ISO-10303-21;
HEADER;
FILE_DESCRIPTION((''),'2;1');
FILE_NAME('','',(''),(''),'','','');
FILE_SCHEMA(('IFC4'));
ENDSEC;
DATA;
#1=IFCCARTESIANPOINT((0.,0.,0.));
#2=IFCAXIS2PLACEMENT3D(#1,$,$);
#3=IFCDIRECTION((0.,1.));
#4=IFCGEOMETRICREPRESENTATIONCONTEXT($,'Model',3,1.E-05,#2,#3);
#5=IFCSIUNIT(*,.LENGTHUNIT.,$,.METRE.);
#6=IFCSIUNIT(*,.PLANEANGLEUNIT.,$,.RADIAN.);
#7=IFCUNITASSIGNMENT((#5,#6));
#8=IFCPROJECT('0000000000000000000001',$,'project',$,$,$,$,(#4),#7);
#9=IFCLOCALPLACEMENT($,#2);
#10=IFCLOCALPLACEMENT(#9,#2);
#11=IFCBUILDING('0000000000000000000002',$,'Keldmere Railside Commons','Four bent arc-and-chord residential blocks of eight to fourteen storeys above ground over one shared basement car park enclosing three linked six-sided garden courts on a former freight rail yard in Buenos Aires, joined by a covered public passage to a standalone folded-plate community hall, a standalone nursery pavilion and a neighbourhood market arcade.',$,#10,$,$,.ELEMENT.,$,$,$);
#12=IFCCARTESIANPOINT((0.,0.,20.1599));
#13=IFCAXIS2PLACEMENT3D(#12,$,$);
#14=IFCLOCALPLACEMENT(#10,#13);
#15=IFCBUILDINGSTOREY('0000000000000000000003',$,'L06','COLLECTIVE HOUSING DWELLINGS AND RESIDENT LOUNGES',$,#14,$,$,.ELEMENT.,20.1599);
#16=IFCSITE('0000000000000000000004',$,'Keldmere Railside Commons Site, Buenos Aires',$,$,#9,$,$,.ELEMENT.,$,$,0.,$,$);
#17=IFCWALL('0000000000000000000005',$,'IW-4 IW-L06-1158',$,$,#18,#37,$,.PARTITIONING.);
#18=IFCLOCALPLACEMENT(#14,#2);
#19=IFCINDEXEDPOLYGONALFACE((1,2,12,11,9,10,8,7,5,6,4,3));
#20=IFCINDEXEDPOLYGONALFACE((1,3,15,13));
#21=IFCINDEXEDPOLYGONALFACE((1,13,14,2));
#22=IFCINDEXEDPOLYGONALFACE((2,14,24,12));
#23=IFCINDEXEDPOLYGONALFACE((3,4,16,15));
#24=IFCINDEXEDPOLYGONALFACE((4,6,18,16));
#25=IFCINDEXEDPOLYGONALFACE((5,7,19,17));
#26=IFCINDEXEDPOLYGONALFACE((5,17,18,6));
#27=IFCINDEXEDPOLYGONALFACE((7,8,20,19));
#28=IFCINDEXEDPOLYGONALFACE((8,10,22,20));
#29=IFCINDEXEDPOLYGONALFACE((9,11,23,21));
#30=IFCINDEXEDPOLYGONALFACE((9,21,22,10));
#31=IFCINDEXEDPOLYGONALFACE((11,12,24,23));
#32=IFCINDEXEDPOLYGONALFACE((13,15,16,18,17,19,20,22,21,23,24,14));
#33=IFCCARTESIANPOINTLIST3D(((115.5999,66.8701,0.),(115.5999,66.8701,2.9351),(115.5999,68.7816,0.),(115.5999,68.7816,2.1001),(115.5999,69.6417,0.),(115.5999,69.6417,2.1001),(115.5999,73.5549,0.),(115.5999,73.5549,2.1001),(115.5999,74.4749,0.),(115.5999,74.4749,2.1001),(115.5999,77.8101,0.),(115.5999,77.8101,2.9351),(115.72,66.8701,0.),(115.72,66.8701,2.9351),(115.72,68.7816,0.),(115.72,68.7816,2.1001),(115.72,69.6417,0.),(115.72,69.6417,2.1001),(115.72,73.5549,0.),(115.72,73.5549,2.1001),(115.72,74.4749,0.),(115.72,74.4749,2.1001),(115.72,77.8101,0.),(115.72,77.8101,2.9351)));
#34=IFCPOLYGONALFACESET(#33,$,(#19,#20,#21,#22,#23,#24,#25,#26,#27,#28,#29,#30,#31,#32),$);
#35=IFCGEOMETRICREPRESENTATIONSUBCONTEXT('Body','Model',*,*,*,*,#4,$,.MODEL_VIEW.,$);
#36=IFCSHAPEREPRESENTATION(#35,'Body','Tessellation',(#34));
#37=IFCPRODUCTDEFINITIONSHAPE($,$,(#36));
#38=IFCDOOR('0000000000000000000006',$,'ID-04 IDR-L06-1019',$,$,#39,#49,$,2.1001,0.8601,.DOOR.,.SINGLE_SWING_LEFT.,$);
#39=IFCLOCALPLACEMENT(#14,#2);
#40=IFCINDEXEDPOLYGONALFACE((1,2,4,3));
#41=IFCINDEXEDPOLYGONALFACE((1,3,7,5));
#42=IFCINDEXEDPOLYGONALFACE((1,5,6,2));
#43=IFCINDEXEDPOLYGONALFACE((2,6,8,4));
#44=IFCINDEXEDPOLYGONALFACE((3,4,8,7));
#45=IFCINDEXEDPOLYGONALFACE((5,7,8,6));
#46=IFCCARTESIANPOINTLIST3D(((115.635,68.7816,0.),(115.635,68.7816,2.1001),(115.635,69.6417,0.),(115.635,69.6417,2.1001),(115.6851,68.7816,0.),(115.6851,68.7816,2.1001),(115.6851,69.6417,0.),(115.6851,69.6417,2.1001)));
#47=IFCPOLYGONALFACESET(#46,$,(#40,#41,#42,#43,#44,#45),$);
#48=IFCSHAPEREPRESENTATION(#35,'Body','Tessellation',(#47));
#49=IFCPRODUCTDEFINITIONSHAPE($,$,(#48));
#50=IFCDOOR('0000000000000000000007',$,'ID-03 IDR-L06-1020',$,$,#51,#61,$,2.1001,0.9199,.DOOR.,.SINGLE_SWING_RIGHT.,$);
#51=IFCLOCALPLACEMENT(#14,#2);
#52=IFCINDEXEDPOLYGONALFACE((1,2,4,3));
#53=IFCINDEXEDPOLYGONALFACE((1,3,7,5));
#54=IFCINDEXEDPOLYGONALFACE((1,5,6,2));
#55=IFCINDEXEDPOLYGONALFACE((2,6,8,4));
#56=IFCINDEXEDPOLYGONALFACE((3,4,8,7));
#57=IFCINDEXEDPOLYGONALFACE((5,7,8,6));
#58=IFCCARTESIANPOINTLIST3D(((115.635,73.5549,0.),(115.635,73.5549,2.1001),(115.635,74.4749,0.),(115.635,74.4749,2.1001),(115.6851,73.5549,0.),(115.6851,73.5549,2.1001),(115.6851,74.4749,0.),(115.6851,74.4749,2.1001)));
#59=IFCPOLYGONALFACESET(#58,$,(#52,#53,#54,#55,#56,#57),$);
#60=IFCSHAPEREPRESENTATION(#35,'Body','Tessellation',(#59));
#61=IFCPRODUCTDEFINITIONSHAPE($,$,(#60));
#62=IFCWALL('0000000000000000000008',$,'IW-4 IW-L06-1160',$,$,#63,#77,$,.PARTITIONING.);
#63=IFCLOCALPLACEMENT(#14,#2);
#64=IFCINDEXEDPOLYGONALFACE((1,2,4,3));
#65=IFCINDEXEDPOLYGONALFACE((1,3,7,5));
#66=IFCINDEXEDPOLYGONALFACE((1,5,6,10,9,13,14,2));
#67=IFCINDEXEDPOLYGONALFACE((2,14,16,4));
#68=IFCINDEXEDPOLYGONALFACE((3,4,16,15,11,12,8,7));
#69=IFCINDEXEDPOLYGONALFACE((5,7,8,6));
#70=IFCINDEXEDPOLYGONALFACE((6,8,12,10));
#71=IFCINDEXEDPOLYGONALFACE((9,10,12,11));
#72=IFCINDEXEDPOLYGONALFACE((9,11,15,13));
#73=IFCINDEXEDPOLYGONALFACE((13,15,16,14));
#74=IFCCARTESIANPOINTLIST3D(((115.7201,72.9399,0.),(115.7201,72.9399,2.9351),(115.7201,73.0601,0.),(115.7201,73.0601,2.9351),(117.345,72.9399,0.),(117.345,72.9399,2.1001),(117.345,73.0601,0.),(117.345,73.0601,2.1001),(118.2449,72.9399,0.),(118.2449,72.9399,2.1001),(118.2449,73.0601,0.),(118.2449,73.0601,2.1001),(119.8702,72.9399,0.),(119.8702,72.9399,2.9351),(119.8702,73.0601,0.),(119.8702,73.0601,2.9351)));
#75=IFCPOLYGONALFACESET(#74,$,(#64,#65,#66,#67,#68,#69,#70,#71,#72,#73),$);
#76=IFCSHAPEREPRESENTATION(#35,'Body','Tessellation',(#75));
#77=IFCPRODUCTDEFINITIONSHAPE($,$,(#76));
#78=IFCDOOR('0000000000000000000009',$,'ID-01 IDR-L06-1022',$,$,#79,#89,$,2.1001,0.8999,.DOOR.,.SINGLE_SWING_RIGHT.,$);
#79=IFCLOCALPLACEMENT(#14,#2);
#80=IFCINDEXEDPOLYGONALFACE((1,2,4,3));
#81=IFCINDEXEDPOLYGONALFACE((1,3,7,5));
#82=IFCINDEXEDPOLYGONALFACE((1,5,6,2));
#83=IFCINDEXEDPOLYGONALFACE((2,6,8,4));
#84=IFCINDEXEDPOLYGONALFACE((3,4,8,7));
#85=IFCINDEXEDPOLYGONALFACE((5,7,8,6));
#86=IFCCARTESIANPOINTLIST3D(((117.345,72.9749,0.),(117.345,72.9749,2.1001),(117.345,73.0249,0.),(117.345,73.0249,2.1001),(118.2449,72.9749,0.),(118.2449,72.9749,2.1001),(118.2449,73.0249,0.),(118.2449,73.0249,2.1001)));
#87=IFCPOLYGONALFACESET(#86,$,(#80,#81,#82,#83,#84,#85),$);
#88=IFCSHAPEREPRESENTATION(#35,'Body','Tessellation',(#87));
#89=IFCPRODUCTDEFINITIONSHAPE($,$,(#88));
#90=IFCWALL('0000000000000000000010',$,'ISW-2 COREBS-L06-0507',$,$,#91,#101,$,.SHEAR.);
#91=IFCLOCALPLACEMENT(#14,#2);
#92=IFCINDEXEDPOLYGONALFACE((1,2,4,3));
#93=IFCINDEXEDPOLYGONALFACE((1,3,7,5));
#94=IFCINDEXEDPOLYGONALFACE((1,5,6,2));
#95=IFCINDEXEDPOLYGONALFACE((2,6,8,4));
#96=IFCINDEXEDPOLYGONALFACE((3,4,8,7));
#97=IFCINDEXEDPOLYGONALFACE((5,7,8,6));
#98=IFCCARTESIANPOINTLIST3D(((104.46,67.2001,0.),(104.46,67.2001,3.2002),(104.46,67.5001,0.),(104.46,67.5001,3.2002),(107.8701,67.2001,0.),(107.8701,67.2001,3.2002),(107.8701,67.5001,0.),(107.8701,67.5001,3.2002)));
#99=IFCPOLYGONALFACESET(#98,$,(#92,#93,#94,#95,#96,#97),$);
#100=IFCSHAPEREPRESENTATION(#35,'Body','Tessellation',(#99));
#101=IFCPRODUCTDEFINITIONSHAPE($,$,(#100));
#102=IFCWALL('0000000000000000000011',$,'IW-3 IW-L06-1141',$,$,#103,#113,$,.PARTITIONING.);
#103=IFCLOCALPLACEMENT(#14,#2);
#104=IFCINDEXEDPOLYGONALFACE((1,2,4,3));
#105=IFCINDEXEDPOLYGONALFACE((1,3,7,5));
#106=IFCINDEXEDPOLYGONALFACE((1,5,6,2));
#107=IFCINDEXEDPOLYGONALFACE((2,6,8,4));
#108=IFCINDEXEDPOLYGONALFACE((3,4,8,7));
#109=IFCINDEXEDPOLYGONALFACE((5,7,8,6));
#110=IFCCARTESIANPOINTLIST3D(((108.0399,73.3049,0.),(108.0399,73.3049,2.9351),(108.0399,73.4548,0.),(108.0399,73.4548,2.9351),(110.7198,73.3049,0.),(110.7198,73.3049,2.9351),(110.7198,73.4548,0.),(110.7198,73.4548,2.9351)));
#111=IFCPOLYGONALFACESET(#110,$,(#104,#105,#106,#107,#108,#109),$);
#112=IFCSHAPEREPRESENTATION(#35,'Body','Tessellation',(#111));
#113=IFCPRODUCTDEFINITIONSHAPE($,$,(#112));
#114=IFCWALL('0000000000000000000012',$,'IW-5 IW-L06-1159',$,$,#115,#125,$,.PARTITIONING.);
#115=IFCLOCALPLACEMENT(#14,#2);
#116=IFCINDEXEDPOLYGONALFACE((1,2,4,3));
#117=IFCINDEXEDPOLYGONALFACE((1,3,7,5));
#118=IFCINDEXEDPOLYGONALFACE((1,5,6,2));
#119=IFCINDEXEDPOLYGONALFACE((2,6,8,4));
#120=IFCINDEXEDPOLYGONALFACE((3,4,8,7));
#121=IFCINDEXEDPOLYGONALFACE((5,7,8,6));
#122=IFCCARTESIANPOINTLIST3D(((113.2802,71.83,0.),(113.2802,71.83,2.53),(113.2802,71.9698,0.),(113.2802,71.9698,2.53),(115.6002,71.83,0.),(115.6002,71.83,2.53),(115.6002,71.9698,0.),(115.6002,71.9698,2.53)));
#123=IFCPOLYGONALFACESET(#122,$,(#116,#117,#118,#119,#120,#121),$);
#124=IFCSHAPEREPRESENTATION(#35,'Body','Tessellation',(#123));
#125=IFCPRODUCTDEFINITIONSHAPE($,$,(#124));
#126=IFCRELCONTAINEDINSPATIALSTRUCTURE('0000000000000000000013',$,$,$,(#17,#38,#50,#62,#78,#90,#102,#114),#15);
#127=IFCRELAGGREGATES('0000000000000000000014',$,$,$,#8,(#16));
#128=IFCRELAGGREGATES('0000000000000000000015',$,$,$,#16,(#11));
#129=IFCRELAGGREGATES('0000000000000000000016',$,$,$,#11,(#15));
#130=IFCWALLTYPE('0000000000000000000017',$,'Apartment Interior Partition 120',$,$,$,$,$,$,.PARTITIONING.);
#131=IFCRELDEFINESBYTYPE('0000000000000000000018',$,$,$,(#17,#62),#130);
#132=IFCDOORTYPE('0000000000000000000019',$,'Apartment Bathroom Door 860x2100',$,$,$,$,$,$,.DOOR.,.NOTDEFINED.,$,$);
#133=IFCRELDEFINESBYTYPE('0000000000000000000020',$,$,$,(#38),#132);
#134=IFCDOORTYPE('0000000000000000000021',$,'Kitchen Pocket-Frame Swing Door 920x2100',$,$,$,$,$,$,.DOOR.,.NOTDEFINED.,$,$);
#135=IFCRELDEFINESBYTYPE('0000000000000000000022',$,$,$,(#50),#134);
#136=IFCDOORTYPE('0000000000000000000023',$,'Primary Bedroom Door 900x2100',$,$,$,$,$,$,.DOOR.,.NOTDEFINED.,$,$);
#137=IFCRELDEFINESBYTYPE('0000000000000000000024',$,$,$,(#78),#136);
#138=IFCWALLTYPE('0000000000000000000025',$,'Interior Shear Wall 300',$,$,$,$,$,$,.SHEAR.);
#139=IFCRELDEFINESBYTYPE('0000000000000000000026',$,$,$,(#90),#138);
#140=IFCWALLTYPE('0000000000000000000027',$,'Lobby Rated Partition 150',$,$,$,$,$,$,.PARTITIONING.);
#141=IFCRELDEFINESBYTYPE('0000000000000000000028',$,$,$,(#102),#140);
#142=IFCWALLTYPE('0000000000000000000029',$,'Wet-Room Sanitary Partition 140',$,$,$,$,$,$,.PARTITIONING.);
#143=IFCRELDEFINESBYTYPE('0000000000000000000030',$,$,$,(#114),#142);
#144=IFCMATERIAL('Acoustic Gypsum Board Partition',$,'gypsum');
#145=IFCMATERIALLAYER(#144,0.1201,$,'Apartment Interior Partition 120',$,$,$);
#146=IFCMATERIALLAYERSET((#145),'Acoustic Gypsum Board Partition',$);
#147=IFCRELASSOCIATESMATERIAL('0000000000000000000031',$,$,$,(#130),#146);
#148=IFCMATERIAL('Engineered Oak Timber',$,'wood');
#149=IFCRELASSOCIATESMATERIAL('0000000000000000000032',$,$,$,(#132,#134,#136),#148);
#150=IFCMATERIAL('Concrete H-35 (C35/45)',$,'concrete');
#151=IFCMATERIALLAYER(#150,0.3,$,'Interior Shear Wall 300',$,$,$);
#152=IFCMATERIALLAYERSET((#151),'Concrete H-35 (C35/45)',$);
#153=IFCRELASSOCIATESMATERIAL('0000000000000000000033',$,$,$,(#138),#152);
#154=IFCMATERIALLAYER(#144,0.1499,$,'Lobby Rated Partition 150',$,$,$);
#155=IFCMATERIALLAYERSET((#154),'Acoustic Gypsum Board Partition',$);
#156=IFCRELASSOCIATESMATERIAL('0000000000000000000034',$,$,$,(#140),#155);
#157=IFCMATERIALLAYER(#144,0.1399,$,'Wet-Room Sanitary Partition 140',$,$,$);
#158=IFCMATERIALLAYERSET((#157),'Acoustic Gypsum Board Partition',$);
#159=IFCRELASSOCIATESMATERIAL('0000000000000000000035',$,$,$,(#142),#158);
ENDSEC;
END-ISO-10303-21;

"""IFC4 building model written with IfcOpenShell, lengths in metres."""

from ifc_helpers import new_model, si_unit, direction, frame, frame_2d, origin, place, context, subcontext, project, spatial, rectangle, extrude, material, layer, layer_set, type_object, element, fill, save


model = new_model("IFC4")

# Units and contexts
model_context = context("Model", 3, precision=1e-05, world=origin(), true_north=direction((0.0, 1.0)))
body_context = subcontext(model_context, "Body", "Model", "MODEL_VIEW")
ifc_project = project(units=[si_unit("LENGTHUNIT", "METRE"), si_unit("PLANEANGLEUNIT", "RADIAN")], contexts=[model_context])

# Site, building, storey
site_placement = place(None, origin())
site = spatial("IfcSite", under=ifc_project, at=site_placement, Name="Keldmere Railside Commons Site, Buenos Aires", CompositionType="ELEMENT", RefElevation=0.0)
building_placement = place(site_placement, origin())
building = spatial("IfcBuilding", under=site, at=building_placement, Name="Keldmere Railside Commons", Description="Four bent arc-and-chord residential blocks of eight to fourteen storeys above ground over one shared basement car park enclosing three linked six-sided garden courts on a former freight rail yard in Buenos Aires, joined by a covered public passage to a standalone folded-plate community hall, a standalone nursery pavilion and a neighbourhood market arcade.", CompositionType="ELEMENT")
storey_placement = place(building_placement, frame((0.0, 0.0, 20.1599)))
storey = spatial("IfcBuildingStorey", under=building, at=storey_placement, Name="L06", Description="COLLECTIVE HOUSING DWELLINGS AND RESIDENT LOUNGES", CompositionType="ELEMENT", Elevation=20.1599)

# Shared definitions
ifc_material_1 = material(Name="Concrete H-35 (C35/45)", Category="concrete")

# Shared definitions
ifc_material_2 = material(Name="Acoustic Gypsum Board Partition", Category="gypsum")

# Wall, openings, doors
ifc_layer_1 = layer(ifc_material_2, 0.1201, Name="Apartment Interior Partition 120")
ifc_layer_set_1 = layer_set([ifc_layer_1], Name="Acoustic Gypsum Board Partition")
wall_type_1 = type_object("IfcWallType", Name="Apartment Interior Partition 120", PredefinedType="PARTITIONING", material=ifc_layer_set_1)
wall_1_placement = place(storey_placement, frame((115.6599, 66.8701, 0.0), z_axis=(0.0, 0.0, 1.0), x_axis=(0.0, 1.0, 0.0)))
wall_1 = element("IfcWall", 1, at=wall_1_placement, inside=storey, type_object=wall_type_1, Name="IW-4 IW-L06-1158", PredefinedType="PARTITIONING", context=body_context, shape_type="SweptSolid", body=[
    extrude(rectangle(XDim=10.9399, YDim=0.1201, at=frame_2d((5.47, 0.0))), origin(), (0.0, 0.0, 1.0), 2.9351),
])
opening_1_placement = place(wall_1_placement, frame((1.9114, 0.0, 0.0)))
opening_1 = element("IfcOpeningElement", 2, at=opening_1_placement, cuts=wall_1, PredefinedType="OPENING", context=body_context, shape_type="SweptSolid", body=[
    extrude(rectangle(XDim=0.8601, YDim=2.1001, at=frame_2d((0.4302, 1.05))), frame((0.0, 0.0701, 0.0), z_axis=(0.0, -1.0, 0.0), x_axis=(1.0, 0.0, 0.0)), (0.0, 0.0, 1.0), 0.1401),
])
opening_2_placement = place(wall_1_placement, frame((6.6848, 0.0, 0.0)))
opening_2 = element("IfcOpeningElement", 3, at=opening_2_placement, cuts=wall_1, PredefinedType="OPENING", context=body_context, shape_type="SweptSolid", body=[
    extrude(rectangle(XDim=0.9199, YDim=2.1001, at=frame_2d((0.46, 1.05))), frame((0.0, 0.0701, 0.0), z_axis=(0.0, -1.0, 0.0), x_axis=(1.0, 0.0, 0.0)), (0.0, 0.0, 1.0), 0.1401),
])
ifc_material_3 = material(Name="Engineered Oak Timber", Category="wood")
door_type_1 = type_object("IfcDoorType", Name="Apartment Bathroom Door 860x2100", OperationType="NOTDEFINED", PredefinedType="DOOR", material=ifc_material_3)
door_1_placement = place(opening_1_placement, origin())
door_1 = element("IfcDoor", 4, at=door_1_placement, inside=storey, type_object=door_type_1, Name="ID-04 IDR-L06-1019", OperationType="SINGLE_SWING_LEFT", OverallHeight=2.1001, OverallWidth=0.8601, PredefinedType="DOOR", context=body_context, shape_type="SweptSolid", body=[
    extrude(rectangle(XDim=0.8601, YDim=2.1001, at=frame_2d((0.4302, 1.05))), frame((0.0, 0.0249, 0.0), z_axis=(0.0, -1.0, 0.0), x_axis=(1.0, 0.0, 0.0)), (0.0, 0.0, 1.0), 0.05),
])
fill(opening_1, door_1)
door_type_2 = type_object("IfcDoorType", Name="Kitchen Pocket-Frame Swing Door 920x2100", OperationType="NOTDEFINED", PredefinedType="DOOR", material=ifc_material_3)
door_2_placement = place(opening_2_placement, origin())
door_2 = element("IfcDoor", 5, at=door_2_placement, inside=storey, type_object=door_type_2, Name="ID-03 IDR-L06-1020", OperationType="SINGLE_SWING_RIGHT", OverallHeight=2.1001, OverallWidth=0.9199, PredefinedType="DOOR", context=body_context, shape_type="SweptSolid", body=[
    extrude(rectangle(XDim=0.9199, YDim=2.1001, at=frame_2d((0.46, 1.05))), frame((0.0, 0.0249, 0.0), z_axis=(0.0, -1.0, 0.0), x_axis=(1.0, 0.0, 0.0)), (0.0, 0.0, 1.0), 0.05),
])
fill(opening_2, door_2)

# Wall, opening, door
wall_2_placement = place(storey_placement, frame((115.72, 73.0, 0.0), z_axis=(0.0, 0.0, 1.0), x_axis=(1.0, 0.0, 0.0)))
wall_2 = element("IfcWall", 6, at=wall_2_placement, inside=storey, type_object=wall_type_1, Name="IW-4 IW-L06-1160", PredefinedType="PARTITIONING", context=body_context, shape_type="SweptSolid", body=[
    extrude(rectangle(XDim=4.1501, YDim=0.1201, at=frame_2d((2.0752, 0.0))), origin(), (0.0, 0.0, 1.0), 2.9351),
])
opening_3_placement = place(wall_2_placement, frame((1.625, 0.0, 0.0)))
opening_3 = element("IfcOpeningElement", 7, at=opening_3_placement, cuts=wall_2, PredefinedType="OPENING", context=body_context, shape_type="SweptSolid", body=[
    extrude(rectangle(XDim=0.8999, YDim=2.1001, at=frame_2d((0.45, 1.05))), frame((0.0, 0.0701, 0.0), z_axis=(0.0, -1.0, 0.0), x_axis=(1.0, 0.0, 0.0)), (0.0, 0.0, 1.0), 0.1401),
])
door_type_3 = type_object("IfcDoorType", Name="Primary Bedroom Door 900x2100", OperationType="NOTDEFINED", PredefinedType="DOOR", material=ifc_material_3)
door_3_placement = place(opening_3_placement, origin())
door_3 = element("IfcDoor", 8, at=door_3_placement, inside=storey, type_object=door_type_3, Name="ID-01 IDR-L06-1022", OperationType="SINGLE_SWING_RIGHT", OverallHeight=2.1001, OverallWidth=0.8999, PredefinedType="DOOR", context=body_context, shape_type="SweptSolid", body=[
    extrude(rectangle(XDim=0.8999, YDim=2.1001, at=frame_2d((0.45, 1.05))), frame((0.0, 0.0249, 0.0), z_axis=(0.0, -1.0, 0.0), x_axis=(1.0, 0.0, 0.0)), (0.0, 0.0, 1.0), 0.05),
])
fill(opening_3, door_3)

# Walls
ifc_layer_2 = layer(ifc_material_1, 0.3, Name="Interior Shear Wall 300")
ifc_layer_set_2 = layer_set([ifc_layer_2], Name="Concrete H-35 (C35/45)")
wall_type_2 = type_object("IfcWallType", Name="Interior Shear Wall 300", PredefinedType="SHEAR", material=ifc_layer_set_2)
wall_3_placement = place(storey_placement, frame((107.8701, 67.3501, 0.0), z_axis=(0.0, 0.0, 1.0), x_axis=(-1.0, 0.0, 0.0)))
element("IfcWall", 9, at=wall_3_placement, inside=storey, type_object=wall_type_2, Name="ISW-2 COREBS-L06-0507", PredefinedType="SHEAR", context=body_context, shape_type="SweptSolid", body=[
    extrude(rectangle(XDim=3.4102, YDim=0.3, at=frame_2d((1.7051, 0.0))), origin(), (0.0, 0.0, 1.0), 3.2002),
])
ifc_layer_3 = layer(ifc_material_2, 0.1499, Name="Lobby Rated Partition 150")
ifc_layer_set_3 = layer_set([ifc_layer_3], Name="Acoustic Gypsum Board Partition")
wall_type_3 = type_object("IfcWallType", Name="Lobby Rated Partition 150", PredefinedType="PARTITIONING", material=ifc_layer_set_3)
wall_4_placement = place(storey_placement, frame((108.04, 73.3799, 0.0), z_axis=(0.0, 0.0, 1.0), x_axis=(1.0, 0.0, 0.0)))
element("IfcWall", 10, at=wall_4_placement, inside=storey, type_object=wall_type_3, Name="IW-3 IW-L06-1141", PredefinedType="PARTITIONING", context=body_context, shape_type="SweptSolid", body=[
    extrude(rectangle(XDim=2.6799, YDim=0.1499, at=frame_2d((1.3398, 0.0))), origin(), (0.0, 0.0, 1.0), 2.9351),
])
ifc_layer_4 = layer(ifc_material_2, 0.1399, Name="Wet-Room Sanitary Partition 140")
ifc_layer_set_4 = layer_set([ifc_layer_4], Name="Acoustic Gypsum Board Partition")
wall_type_4 = type_object("IfcWallType", Name="Wet-Room Sanitary Partition 140", PredefinedType="PARTITIONING", material=ifc_layer_set_4)
wall_5_placement = place(storey_placement, frame((113.28, 71.8999, 0.0), z_axis=(0.0, 0.0, 1.0), x_axis=(1.0, 0.0, 0.0)))
element("IfcWall", 11, at=wall_5_placement, inside=storey, type_object=wall_type_4, Name="IW-5 IW-L06-1159", PredefinedType="PARTITIONING", context=body_context, shape_type="SweptSolid", body=[
    extrude(rectangle(XDim=2.3201, YDim=0.1399, at=frame_2d((1.1602, 0.0))), origin(), (0.0, 0.0, 1.0), 2.53),
])

save(model, "model.ifc")
